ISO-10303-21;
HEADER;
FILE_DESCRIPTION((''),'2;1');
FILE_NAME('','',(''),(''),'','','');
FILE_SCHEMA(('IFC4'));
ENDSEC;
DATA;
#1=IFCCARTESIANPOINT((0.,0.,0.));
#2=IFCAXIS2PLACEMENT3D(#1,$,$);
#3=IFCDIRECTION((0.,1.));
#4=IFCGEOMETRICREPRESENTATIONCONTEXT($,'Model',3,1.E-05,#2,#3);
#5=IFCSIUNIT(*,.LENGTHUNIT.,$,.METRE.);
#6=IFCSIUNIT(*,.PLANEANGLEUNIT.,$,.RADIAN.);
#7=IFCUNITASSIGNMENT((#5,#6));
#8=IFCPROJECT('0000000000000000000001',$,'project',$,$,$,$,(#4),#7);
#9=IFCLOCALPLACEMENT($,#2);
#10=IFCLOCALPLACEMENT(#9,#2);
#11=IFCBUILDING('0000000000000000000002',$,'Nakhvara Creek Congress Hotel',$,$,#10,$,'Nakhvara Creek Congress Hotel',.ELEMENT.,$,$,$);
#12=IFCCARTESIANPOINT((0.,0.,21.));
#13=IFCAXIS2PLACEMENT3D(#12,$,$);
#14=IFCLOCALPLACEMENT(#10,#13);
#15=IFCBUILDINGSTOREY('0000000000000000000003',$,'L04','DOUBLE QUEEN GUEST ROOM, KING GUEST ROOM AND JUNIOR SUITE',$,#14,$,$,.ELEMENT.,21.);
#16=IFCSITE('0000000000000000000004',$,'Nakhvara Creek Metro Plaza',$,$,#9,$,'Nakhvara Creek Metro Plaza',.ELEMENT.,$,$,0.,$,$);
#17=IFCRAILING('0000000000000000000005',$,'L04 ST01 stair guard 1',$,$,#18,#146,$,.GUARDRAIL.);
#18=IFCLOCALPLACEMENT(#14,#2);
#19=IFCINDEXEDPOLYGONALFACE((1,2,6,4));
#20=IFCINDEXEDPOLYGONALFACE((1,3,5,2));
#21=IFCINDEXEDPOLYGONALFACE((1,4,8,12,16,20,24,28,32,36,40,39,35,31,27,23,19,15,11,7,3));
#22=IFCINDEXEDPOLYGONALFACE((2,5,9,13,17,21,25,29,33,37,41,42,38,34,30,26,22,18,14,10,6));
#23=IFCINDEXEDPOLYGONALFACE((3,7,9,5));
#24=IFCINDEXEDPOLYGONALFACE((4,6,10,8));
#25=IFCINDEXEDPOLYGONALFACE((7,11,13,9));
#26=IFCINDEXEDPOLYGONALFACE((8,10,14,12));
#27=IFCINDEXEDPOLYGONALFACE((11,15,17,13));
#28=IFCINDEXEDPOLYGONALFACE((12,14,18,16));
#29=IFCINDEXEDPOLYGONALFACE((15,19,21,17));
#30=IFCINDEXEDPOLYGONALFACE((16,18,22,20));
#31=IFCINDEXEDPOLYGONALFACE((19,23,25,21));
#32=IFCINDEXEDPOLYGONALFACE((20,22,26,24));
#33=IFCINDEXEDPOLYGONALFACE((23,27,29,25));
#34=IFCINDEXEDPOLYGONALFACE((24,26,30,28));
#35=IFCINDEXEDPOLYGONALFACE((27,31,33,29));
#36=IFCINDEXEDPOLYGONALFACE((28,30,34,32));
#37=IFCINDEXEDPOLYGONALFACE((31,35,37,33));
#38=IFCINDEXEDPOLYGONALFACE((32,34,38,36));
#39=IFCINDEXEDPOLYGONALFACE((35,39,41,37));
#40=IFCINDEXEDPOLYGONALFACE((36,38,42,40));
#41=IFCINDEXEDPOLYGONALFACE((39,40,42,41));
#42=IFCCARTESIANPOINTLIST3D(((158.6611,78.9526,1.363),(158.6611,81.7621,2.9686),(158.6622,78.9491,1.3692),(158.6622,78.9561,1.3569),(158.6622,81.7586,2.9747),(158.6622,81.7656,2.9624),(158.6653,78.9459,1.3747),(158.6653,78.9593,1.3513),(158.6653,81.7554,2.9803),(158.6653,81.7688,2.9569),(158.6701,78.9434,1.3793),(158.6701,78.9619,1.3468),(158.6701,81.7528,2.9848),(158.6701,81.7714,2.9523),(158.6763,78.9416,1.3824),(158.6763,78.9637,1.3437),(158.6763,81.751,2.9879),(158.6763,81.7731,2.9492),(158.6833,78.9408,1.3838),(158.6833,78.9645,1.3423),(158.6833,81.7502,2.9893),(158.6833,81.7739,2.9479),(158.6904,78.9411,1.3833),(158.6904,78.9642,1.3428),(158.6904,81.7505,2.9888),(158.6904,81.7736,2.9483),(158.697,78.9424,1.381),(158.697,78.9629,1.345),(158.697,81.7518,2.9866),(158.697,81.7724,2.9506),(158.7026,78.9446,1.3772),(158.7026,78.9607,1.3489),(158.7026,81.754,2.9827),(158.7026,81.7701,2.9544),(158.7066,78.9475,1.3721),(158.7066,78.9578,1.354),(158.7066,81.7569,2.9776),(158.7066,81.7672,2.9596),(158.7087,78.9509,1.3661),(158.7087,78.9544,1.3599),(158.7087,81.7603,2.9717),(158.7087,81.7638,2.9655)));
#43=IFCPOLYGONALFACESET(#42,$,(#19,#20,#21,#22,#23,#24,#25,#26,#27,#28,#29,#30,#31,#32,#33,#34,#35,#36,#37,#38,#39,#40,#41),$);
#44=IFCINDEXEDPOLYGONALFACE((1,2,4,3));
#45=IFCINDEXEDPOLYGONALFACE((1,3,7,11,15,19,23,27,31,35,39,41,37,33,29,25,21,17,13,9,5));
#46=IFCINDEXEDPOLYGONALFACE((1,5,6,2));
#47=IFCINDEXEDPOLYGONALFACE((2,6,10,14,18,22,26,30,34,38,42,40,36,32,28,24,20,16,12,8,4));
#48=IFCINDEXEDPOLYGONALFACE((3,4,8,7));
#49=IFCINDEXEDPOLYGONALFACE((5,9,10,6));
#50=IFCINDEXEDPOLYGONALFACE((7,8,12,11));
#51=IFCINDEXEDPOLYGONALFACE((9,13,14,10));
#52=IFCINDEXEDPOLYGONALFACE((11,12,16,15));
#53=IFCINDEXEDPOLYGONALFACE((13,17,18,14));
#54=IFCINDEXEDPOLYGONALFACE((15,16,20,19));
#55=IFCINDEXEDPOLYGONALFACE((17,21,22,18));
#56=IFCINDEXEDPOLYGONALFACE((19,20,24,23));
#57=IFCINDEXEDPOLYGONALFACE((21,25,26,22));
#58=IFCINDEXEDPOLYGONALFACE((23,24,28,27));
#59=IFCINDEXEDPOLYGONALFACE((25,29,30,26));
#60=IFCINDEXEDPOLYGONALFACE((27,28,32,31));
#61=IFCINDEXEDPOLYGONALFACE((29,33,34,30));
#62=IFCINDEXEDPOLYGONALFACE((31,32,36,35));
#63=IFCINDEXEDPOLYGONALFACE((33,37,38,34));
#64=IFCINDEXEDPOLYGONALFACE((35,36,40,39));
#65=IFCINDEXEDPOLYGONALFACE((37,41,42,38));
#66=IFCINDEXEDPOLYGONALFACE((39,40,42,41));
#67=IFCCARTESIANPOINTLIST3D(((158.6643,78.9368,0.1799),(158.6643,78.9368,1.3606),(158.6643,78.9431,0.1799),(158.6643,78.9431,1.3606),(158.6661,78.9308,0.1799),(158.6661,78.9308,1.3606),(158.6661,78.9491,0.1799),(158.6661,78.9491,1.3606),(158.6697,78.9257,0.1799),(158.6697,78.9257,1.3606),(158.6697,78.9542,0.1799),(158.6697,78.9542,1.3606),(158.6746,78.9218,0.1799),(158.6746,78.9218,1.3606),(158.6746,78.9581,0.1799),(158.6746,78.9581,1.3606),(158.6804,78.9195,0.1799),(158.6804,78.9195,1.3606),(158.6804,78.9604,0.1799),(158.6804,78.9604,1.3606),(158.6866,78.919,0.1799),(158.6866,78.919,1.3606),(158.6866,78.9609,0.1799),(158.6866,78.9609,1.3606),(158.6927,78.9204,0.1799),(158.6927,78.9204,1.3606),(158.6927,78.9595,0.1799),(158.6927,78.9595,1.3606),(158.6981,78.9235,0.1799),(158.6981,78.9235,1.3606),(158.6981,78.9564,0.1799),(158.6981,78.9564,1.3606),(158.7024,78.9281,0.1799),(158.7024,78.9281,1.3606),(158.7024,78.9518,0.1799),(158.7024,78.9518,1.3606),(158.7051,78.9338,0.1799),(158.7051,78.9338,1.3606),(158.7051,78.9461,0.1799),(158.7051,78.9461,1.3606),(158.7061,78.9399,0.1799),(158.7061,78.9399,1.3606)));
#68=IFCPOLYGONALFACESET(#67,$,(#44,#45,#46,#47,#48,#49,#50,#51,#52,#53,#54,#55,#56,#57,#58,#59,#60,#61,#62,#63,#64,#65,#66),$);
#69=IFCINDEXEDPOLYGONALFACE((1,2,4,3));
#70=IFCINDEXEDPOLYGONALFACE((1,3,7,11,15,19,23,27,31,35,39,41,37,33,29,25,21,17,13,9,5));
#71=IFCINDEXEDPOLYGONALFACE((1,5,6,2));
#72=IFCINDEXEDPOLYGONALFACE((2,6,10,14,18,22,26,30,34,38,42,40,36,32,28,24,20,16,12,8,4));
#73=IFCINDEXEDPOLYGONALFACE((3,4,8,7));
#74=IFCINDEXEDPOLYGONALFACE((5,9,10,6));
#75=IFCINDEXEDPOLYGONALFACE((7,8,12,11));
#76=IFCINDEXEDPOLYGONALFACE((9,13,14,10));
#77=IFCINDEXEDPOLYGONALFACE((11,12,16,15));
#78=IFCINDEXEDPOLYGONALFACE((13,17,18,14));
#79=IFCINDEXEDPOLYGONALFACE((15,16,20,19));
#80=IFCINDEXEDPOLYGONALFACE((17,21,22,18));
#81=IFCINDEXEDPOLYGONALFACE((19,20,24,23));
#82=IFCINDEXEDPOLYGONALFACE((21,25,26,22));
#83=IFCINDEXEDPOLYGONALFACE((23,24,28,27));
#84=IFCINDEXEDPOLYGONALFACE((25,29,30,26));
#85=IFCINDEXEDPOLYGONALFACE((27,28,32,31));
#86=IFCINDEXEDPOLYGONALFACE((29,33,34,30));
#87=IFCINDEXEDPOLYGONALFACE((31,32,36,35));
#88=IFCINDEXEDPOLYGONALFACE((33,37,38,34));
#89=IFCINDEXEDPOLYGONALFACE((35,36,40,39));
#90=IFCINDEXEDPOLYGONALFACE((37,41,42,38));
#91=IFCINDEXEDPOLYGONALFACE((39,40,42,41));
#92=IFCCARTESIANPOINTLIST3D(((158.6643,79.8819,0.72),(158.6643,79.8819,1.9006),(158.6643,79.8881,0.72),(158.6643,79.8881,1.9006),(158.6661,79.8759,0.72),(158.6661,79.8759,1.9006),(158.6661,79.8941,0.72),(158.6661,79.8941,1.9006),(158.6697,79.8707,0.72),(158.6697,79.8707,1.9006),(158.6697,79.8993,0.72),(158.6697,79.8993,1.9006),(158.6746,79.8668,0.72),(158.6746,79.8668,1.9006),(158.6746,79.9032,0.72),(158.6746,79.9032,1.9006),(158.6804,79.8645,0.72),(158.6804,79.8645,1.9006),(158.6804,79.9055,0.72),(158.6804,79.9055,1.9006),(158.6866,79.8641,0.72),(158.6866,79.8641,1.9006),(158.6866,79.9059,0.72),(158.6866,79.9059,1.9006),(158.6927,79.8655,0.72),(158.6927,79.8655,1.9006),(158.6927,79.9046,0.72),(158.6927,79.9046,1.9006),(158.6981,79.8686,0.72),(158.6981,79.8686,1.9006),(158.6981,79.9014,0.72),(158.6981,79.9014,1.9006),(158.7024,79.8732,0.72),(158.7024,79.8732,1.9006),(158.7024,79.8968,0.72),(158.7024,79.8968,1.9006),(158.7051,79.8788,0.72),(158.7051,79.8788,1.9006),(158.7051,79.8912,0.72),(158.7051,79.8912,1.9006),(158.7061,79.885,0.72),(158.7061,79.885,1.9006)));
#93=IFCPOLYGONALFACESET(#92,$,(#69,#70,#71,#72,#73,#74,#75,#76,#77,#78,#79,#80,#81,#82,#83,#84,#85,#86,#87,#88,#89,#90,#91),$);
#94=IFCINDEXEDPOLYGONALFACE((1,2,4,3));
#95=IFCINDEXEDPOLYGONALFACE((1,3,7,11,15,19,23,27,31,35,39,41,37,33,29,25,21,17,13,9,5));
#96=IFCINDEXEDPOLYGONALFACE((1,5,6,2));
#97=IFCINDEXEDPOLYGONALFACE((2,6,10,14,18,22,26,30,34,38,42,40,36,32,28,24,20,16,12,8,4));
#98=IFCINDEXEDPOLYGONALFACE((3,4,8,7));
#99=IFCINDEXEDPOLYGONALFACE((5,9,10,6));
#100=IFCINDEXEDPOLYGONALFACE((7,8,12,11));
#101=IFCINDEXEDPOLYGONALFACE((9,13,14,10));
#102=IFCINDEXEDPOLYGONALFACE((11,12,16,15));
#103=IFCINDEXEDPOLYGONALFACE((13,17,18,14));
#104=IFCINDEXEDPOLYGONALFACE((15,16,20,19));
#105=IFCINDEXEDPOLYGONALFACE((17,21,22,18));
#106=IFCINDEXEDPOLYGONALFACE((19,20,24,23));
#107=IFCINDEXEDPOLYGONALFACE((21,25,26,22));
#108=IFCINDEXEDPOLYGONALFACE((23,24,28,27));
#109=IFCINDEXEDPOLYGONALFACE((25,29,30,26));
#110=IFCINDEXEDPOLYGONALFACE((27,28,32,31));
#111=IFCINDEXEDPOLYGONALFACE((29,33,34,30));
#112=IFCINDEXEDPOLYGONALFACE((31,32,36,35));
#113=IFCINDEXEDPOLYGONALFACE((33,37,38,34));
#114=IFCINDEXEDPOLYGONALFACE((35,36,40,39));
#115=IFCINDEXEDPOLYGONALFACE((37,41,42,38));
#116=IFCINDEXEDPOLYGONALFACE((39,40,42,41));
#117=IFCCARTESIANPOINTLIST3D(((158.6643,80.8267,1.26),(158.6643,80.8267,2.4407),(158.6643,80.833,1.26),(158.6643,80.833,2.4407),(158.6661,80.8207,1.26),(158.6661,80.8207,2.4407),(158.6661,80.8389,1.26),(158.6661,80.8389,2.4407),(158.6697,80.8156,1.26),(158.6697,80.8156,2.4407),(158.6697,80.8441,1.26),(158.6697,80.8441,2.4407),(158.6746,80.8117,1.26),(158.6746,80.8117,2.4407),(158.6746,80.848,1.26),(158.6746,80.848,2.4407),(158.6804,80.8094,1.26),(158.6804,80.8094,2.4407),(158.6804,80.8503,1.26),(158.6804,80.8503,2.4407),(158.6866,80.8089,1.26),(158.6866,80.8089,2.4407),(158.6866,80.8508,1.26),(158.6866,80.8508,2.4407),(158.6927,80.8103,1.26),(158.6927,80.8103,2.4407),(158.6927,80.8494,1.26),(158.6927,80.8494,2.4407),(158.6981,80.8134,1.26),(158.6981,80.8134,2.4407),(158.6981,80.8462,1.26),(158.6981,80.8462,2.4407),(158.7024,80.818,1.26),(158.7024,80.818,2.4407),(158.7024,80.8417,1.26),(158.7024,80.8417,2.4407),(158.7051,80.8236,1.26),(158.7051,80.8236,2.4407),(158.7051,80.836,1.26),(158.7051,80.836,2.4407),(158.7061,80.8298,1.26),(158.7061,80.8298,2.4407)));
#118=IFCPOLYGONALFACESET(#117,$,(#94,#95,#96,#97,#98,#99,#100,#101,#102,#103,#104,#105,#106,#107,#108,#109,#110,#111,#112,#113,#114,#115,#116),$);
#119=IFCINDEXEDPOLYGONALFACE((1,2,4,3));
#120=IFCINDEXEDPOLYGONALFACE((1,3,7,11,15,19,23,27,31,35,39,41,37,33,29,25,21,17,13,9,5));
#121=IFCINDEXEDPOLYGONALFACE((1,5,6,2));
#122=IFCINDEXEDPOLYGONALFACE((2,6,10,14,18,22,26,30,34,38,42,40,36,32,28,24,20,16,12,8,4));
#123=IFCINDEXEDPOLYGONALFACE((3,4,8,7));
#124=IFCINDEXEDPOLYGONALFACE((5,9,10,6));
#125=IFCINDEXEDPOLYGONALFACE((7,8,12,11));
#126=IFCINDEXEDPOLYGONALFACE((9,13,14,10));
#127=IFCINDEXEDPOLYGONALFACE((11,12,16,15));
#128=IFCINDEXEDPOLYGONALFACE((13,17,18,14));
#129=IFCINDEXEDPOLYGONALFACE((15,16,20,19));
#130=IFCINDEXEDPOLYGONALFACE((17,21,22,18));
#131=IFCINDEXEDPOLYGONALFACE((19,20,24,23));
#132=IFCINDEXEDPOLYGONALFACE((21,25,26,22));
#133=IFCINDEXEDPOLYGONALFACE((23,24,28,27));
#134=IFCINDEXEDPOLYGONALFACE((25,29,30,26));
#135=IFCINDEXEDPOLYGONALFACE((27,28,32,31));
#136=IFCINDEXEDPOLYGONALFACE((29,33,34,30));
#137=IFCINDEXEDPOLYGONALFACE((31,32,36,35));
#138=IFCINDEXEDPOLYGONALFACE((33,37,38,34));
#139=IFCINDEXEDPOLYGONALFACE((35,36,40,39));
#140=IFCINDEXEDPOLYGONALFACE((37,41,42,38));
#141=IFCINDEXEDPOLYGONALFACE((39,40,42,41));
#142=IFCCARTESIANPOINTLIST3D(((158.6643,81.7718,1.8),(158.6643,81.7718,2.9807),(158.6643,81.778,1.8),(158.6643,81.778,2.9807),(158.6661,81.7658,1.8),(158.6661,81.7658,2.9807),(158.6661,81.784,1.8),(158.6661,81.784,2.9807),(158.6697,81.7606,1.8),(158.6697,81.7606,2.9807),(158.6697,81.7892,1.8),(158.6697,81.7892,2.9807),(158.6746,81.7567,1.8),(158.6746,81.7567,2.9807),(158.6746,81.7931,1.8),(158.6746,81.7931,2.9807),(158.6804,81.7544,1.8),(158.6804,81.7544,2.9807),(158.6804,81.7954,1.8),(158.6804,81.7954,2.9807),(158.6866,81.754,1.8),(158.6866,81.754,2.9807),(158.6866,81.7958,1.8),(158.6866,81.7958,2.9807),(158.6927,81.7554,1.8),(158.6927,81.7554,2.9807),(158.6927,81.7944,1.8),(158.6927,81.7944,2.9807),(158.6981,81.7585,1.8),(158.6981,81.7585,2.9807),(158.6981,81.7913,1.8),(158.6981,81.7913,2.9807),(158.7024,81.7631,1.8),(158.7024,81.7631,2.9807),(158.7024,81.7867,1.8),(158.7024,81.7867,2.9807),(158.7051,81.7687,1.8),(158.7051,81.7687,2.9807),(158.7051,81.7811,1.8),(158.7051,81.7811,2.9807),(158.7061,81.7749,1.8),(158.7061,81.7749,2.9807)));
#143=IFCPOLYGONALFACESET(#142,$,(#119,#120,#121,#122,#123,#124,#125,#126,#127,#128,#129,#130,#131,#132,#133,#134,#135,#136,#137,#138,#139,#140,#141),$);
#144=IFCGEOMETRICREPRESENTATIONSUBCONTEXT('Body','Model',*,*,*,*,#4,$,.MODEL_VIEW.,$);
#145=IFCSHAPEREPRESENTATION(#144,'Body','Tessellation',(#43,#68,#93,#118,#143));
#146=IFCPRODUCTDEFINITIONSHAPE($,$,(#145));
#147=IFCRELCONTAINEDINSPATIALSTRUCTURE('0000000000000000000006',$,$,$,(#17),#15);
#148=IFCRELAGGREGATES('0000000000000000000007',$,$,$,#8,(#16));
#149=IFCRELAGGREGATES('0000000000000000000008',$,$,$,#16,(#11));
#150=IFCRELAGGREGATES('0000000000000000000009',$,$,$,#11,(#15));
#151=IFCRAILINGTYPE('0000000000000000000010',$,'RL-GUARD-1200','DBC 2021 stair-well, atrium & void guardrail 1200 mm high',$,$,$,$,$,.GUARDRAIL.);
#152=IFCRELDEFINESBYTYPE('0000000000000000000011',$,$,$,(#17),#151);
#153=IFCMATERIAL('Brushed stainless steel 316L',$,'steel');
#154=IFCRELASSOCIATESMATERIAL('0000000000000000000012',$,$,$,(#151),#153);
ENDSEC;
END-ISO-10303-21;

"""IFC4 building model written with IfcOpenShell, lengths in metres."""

from ifc_helpers import new_model, si_unit, direction, frame, origin, origin_2d, place, context, subcontext, project, spatial, circle, extrude, material, type_object, element, save


model = new_model("IFC4")

# Units and contexts
model_context = context("Model", 3, precision=1e-05, world=origin(), true_north=direction((0.0, 1.0)))
body_context = subcontext(model_context, "Body", "Model", "MODEL_VIEW")
ifc_project = project(units=[si_unit("LENGTHUNIT", "METRE"), si_unit("PLANEANGLEUNIT", "RADIAN")], contexts=[model_context])

# Site, building, storey
site_placement = place(None, origin())
site = spatial("IfcSite", under=ifc_project, at=site_placement, Name="Nakhvara Creek Metro Plaza", LongName="Nakhvara Creek Metro Plaza", CompositionType="ELEMENT", RefElevation=0.0)
building_placement = place(site_placement, origin())
building = spatial("IfcBuilding", under=site, at=building_placement, Name="Nakhvara Creek Congress Hotel", LongName="Nakhvara Creek Congress Hotel", CompositionType="ELEMENT")
storey_placement = place(building_placement, frame((0.0, 0.0, 21.0)))
storey = spatial("IfcBuildingStorey", under=building, at=storey_placement, Name="L04", Description="DOUBLE QUEEN GUEST ROOM, KING GUEST ROOM AND JUNIOR SUITE", CompositionType="ELEMENT", Elevation=21.0)

# Railing
ifc_material_1 = material(Name="Brushed stainless steel 316L", Category="steel")
railing_type_1 = type_object("IfcRailingType", Name="RL-GUARD-1200", Description="DBC 2021 stair-well, atrium & void guardrail 1200 mm high", PredefinedType="GUARDRAIL", material=ifc_material_1)
railing_1_placement = place(storey_placement, frame((158.6851, 78.9399, 0.1799)))
element("IfcRailing", 1, at=railing_1_placement, inside=storey, type_object=railing_type_1, Name="L04 ST01 stair guard 1", PredefinedType="GUARDRAIL", context=body_context, shape_type="SweptSolid", body=[
    extrude(circle(Radius=0.0239, at=origin_2d()), frame((0.0, 0.0127, 1.1831), z_axis=(0.0, 0.868225, 0.496171), x_axis=(-1.0, 0.0, 0.0)), (0.0, 0.0, 1.0), 3.2358),
    extrude(circle(Radius=0.021, at=origin_2d()), origin(), (0.0, 0.0, 1.0), 1.1807),
    extrude(circle(Radius=0.021, at=origin_2d()), frame((0.0, 0.9451, 0.54)), (0.0, 0.0, 1.0), 1.1807),
    extrude(circle(Radius=0.021, at=origin_2d()), frame((0.0, 1.8899, 1.0801)), (0.0, 0.0, 1.0), 1.1807),
    extrude(circle(Radius=0.021, at=origin_2d()), frame((0.0, 2.835, 1.6201)), (0.0, 0.0, 1.0), 1.1807),
])

save(model, "model.ifc")
